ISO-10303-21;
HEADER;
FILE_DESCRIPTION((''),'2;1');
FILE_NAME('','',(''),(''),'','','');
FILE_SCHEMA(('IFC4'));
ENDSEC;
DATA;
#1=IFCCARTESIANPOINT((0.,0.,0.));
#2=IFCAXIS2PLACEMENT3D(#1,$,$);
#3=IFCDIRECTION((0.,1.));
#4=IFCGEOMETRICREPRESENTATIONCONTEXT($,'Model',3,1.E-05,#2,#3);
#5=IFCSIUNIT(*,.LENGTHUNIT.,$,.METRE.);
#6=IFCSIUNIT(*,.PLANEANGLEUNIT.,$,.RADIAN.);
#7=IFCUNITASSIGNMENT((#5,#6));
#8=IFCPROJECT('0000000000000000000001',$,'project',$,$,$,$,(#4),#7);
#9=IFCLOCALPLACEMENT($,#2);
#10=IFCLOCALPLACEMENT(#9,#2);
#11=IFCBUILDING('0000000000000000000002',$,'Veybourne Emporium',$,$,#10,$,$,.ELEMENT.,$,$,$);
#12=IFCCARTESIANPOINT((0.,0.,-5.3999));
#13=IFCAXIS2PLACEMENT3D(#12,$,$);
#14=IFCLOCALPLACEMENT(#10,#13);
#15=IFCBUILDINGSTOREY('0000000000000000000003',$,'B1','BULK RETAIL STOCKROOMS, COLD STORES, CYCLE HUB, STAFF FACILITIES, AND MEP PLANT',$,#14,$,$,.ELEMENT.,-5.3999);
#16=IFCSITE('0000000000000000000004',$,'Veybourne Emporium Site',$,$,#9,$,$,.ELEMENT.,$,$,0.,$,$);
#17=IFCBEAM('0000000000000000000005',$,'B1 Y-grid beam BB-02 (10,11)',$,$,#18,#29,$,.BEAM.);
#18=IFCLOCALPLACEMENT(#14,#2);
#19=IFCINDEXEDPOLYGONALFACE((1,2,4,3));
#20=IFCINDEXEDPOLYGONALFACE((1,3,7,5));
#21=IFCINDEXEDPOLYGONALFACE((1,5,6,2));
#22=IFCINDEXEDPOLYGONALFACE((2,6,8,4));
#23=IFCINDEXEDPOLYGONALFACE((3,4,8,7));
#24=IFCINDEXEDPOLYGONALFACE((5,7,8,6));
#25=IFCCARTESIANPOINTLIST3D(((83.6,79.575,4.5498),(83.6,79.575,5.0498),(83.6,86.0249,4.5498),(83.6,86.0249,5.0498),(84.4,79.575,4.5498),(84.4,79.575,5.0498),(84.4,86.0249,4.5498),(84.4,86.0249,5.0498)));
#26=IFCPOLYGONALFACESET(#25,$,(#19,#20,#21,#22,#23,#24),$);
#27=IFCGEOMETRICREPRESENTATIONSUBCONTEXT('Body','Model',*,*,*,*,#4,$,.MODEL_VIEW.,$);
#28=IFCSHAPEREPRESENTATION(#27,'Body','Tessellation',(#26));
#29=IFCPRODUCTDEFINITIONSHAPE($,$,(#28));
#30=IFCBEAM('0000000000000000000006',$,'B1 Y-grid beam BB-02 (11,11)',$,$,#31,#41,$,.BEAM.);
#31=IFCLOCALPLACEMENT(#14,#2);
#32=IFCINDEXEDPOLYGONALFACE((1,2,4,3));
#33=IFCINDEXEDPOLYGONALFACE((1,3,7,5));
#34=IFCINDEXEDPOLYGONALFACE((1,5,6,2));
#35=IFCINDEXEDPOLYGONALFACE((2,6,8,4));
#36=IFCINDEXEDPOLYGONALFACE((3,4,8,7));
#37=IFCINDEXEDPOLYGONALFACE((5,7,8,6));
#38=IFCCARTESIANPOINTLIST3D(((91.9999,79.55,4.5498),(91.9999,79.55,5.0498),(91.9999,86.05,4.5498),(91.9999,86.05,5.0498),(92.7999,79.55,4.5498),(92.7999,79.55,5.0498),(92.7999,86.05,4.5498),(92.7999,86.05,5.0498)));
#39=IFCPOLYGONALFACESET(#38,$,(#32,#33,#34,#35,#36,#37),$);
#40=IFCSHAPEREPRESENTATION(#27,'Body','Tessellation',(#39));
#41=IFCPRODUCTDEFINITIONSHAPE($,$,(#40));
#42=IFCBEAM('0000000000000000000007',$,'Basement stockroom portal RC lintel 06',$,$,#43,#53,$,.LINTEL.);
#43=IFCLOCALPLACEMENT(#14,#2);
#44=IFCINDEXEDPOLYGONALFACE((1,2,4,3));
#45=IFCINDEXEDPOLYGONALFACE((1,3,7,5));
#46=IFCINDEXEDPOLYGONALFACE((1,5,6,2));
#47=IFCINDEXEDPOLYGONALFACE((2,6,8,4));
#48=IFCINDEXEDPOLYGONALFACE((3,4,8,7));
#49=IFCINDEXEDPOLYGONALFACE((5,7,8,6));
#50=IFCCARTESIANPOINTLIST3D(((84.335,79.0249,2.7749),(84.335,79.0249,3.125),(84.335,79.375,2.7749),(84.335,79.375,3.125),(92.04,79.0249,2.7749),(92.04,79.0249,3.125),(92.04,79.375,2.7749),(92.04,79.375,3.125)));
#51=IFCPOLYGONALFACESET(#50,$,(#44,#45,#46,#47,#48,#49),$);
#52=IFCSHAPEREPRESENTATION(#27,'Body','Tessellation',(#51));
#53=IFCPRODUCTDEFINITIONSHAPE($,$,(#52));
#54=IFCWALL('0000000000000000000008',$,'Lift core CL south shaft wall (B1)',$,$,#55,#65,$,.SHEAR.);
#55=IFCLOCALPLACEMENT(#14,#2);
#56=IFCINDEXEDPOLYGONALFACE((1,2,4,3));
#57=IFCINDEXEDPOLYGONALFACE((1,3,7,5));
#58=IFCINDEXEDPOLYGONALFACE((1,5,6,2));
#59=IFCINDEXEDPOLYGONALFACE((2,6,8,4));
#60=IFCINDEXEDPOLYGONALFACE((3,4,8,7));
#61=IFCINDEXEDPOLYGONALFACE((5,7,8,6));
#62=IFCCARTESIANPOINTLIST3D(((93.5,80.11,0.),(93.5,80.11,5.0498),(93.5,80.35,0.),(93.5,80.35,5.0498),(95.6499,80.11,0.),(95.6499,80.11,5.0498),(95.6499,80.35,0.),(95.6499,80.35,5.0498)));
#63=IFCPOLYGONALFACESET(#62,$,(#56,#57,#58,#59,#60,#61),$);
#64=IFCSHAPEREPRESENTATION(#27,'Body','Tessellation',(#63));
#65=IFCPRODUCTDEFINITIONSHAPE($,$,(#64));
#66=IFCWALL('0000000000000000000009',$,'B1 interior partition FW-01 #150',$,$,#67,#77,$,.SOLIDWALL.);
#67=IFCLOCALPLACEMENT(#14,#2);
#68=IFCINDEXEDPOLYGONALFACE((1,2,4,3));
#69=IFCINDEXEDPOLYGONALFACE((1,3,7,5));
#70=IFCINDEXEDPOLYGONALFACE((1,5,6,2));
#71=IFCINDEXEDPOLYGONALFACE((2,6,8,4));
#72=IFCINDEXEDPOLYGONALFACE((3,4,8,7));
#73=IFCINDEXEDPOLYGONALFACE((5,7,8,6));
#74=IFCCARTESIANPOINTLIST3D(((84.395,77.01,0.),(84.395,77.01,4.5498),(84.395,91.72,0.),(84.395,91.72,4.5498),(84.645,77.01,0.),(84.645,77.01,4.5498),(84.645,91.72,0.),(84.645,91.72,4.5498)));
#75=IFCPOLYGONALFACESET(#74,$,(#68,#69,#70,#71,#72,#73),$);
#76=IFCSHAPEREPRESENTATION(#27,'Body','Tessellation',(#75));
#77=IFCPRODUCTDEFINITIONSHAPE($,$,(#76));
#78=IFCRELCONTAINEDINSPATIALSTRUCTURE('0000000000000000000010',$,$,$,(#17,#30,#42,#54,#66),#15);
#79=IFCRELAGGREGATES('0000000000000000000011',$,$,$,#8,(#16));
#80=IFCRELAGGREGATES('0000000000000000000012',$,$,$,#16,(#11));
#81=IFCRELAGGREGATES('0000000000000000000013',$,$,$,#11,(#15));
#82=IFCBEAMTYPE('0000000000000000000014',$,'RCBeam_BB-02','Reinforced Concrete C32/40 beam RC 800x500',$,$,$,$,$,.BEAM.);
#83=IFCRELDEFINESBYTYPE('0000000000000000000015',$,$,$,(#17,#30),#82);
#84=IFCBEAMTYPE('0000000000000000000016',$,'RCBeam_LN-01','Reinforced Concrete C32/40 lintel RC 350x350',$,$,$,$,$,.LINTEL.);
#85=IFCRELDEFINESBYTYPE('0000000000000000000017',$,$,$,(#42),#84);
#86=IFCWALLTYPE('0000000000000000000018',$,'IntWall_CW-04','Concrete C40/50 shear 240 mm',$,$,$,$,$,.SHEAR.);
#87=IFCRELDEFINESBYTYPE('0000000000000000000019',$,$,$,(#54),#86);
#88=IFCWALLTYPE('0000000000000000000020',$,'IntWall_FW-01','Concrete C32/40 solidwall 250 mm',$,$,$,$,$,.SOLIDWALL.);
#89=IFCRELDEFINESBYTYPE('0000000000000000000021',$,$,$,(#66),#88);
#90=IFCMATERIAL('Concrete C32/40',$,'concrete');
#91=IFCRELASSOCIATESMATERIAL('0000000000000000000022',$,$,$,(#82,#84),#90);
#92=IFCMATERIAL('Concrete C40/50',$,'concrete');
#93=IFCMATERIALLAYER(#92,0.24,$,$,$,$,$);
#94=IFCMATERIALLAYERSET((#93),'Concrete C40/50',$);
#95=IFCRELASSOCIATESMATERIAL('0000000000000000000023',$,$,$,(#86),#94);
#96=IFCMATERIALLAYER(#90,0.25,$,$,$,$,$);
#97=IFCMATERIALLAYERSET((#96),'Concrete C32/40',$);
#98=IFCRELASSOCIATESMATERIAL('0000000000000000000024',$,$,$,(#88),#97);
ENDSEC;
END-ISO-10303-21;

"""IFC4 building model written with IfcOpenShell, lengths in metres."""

from ifc_helpers import new_model, si_unit, direction, frame, frame_2d, origin, origin_2d, place, context, subcontext, project, spatial, rectangle, extrude, material, layer, layer_set, material_profile, profile_set, type_object, element, save


model = new_model("IFC4")

# Units and contexts
model_context = context("Model", 3, precision=1e-05, world=origin(), true_north=direction((0.0, 1.0)))
body_context = subcontext(model_context, "Body", "Model", "MODEL_VIEW")
ifc_project = project(units=[si_unit("LENGTHUNIT", "METRE"), si_unit("PLANEANGLEUNIT", "RADIAN")], contexts=[model_context])

# Site, building, storey
site_placement = place(None, origin())
site = spatial("IfcSite", under=ifc_project, at=site_placement, Name="Veybourne Emporium Site", CompositionType="ELEMENT", RefElevation=0.0)
building_placement = place(site_placement, origin())
building = spatial("IfcBuilding", under=site, at=building_placement, Name="Veybourne Emporium", CompositionType="ELEMENT")
storey_placement = place(building_placement, frame((0.0, 0.0, -5.3999)))
storey = spatial("IfcBuildingStorey", under=building, at=storey_placement, Name="B1", Description="BULK RETAIL STOCKROOMS, COLD STORES, CYCLE HUB, STAFF FACILITIES, AND MEP PLANT", CompositionType="ELEMENT", Elevation=-5.3999)

# Shared definitions
ifc_material_1 = material(Name="Concrete C40/50", Category="concrete")

# Beams
ifc_material_2 = material(Name="Concrete C32/40", Category="concrete")
ifc_material_profile_1 = material_profile(ifc_material_2, rectangle(XDim=0.8, YDim=0.5, at=origin_2d()), Name="RC 800x500")
ifc_profile_set_1 = profile_set([ifc_material_profile_1], Name="Concrete C32/40")
beam_type_1 = type_object("IfcBeamType", Name="RCBeam_BB-02", Description="Reinforced Concrete C32/40 beam RC 800x500", PredefinedType="BEAM", material=ifc_profile_set_1)
beam_1_placement = place(storey_placement, frame((84.0, 79.575, 4.7998), z_axis=(0.0, 1.0, 0.0), x_axis=(-1.0, 0.0, 0.0)))
element("IfcBeam", 1, at=beam_1_placement, inside=storey, type_object=beam_type_1, Name="B1 Y-grid beam BB-02 (10,11)", PredefinedType="BEAM", context=body_context, shape_type="SweptSolid", body=[
    extrude(rectangle(XDim=0.8, YDim=0.5, at=origin_2d()), origin(), (0.0, 0.0, 1.0), 6.45),
])
beam_2_placement = place(storey_placement, frame((92.3999, 79.55, 4.7998), z_axis=(0.0, 1.0, 0.0), x_axis=(-1.0, 0.0, 0.0)))
element("IfcBeam", 2, at=beam_2_placement, inside=storey, type_object=beam_type_1, Name="B1 Y-grid beam BB-02 (11,11)", PredefinedType="BEAM", context=body_context, shape_type="SweptSolid", body=[
    extrude(rectangle(XDim=0.8, YDim=0.5, at=origin_2d()), origin(), (0.0, 0.0, 1.0), 6.5),
])
ifc_material_profile_2 = material_profile(ifc_material_2, rectangle(XDim=0.3501, YDim=0.3501, at=origin_2d()), Name="RC 350x350")
ifc_profile_set_2 = profile_set([ifc_material_profile_2], Name="Concrete C32/40")
beam_type_2 = type_object("IfcBeamType", Name="RCBeam_LN-01", Description="Reinforced Concrete C32/40 lintel RC 350x350", PredefinedType="LINTEL", material=ifc_profile_set_2)
beam_3_placement = place(storey_placement, frame((84.335, 79.2, 2.95), z_axis=(1.0, 0.0, 0.0), x_axis=(0.0, 1.0, 0.0)))
element("IfcBeam", 3, at=beam_3_placement, inside=storey, type_object=beam_type_2, Name="Basement stockroom portal RC lintel 06", PredefinedType="LINTEL", context=body_context, shape_type="SweptSolid", body=[
    extrude(rectangle(XDim=0.3501, YDim=0.3501, at=origin_2d()), origin(), (0.0, 0.0, 1.0), 7.7051),
])

# Walls
ifc_layer_1 = layer(ifc_material_1, 0.24)
ifc_layer_set_1 = layer_set([ifc_layer_1], Name="Concrete C40/50")
wall_type_1 = type_object("IfcWallType", Name="IntWall_CW-04", Description="Concrete C40/50 shear 240 mm", PredefinedType="SHEAR", material=ifc_layer_set_1)
wall_1_placement = place(storey_placement, frame((93.5, 80.23, 0.0), z_axis=(0.0, 0.0, 1.0), x_axis=(1.0, 0.0, 0.0)))
element("IfcWall", 4, at=wall_1_placement, inside=storey, type_object=wall_type_1, Name="Lift core CL south shaft wall (B1)", PredefinedType="SHEAR", context=body_context, shape_type="SweptSolid", body=[
    extrude(rectangle(XDim=2.1499, YDim=0.24, at=frame_2d((1.075, 0.0))), origin(), (0.0, 0.0, 1.0), 5.0498),
])
ifc_layer_2 = layer(ifc_material_2, 0.25)
ifc_layer_set_2 = layer_set([ifc_layer_2], Name="Concrete C32/40")
wall_type_2 = type_object("IfcWallType", Name="IntWall_FW-01", Description="Concrete C32/40 solidwall 250 mm", PredefinedType="SOLIDWALL", material=ifc_layer_set_2)
wall_2_placement = place(storey_placement, frame((84.52, 77.01, 0.0), z_axis=(0.0, 0.0, 1.0), x_axis=(0.0, 1.0, 0.0)))
element("IfcWall", 5, at=wall_2_placement, inside=storey, type_object=wall_type_2, Name="B1 interior partition FW-01 #150", PredefinedType="SOLIDWALL", context=body_context, shape_type="SweptSolid", body=[
    extrude(rectangle(XDim=14.71, YDim=0.25, at=frame_2d((7.355, 0.0))), origin(), (0.0, 0.0, 1.0), 4.5498),
])

save(model, "model.ifc")
